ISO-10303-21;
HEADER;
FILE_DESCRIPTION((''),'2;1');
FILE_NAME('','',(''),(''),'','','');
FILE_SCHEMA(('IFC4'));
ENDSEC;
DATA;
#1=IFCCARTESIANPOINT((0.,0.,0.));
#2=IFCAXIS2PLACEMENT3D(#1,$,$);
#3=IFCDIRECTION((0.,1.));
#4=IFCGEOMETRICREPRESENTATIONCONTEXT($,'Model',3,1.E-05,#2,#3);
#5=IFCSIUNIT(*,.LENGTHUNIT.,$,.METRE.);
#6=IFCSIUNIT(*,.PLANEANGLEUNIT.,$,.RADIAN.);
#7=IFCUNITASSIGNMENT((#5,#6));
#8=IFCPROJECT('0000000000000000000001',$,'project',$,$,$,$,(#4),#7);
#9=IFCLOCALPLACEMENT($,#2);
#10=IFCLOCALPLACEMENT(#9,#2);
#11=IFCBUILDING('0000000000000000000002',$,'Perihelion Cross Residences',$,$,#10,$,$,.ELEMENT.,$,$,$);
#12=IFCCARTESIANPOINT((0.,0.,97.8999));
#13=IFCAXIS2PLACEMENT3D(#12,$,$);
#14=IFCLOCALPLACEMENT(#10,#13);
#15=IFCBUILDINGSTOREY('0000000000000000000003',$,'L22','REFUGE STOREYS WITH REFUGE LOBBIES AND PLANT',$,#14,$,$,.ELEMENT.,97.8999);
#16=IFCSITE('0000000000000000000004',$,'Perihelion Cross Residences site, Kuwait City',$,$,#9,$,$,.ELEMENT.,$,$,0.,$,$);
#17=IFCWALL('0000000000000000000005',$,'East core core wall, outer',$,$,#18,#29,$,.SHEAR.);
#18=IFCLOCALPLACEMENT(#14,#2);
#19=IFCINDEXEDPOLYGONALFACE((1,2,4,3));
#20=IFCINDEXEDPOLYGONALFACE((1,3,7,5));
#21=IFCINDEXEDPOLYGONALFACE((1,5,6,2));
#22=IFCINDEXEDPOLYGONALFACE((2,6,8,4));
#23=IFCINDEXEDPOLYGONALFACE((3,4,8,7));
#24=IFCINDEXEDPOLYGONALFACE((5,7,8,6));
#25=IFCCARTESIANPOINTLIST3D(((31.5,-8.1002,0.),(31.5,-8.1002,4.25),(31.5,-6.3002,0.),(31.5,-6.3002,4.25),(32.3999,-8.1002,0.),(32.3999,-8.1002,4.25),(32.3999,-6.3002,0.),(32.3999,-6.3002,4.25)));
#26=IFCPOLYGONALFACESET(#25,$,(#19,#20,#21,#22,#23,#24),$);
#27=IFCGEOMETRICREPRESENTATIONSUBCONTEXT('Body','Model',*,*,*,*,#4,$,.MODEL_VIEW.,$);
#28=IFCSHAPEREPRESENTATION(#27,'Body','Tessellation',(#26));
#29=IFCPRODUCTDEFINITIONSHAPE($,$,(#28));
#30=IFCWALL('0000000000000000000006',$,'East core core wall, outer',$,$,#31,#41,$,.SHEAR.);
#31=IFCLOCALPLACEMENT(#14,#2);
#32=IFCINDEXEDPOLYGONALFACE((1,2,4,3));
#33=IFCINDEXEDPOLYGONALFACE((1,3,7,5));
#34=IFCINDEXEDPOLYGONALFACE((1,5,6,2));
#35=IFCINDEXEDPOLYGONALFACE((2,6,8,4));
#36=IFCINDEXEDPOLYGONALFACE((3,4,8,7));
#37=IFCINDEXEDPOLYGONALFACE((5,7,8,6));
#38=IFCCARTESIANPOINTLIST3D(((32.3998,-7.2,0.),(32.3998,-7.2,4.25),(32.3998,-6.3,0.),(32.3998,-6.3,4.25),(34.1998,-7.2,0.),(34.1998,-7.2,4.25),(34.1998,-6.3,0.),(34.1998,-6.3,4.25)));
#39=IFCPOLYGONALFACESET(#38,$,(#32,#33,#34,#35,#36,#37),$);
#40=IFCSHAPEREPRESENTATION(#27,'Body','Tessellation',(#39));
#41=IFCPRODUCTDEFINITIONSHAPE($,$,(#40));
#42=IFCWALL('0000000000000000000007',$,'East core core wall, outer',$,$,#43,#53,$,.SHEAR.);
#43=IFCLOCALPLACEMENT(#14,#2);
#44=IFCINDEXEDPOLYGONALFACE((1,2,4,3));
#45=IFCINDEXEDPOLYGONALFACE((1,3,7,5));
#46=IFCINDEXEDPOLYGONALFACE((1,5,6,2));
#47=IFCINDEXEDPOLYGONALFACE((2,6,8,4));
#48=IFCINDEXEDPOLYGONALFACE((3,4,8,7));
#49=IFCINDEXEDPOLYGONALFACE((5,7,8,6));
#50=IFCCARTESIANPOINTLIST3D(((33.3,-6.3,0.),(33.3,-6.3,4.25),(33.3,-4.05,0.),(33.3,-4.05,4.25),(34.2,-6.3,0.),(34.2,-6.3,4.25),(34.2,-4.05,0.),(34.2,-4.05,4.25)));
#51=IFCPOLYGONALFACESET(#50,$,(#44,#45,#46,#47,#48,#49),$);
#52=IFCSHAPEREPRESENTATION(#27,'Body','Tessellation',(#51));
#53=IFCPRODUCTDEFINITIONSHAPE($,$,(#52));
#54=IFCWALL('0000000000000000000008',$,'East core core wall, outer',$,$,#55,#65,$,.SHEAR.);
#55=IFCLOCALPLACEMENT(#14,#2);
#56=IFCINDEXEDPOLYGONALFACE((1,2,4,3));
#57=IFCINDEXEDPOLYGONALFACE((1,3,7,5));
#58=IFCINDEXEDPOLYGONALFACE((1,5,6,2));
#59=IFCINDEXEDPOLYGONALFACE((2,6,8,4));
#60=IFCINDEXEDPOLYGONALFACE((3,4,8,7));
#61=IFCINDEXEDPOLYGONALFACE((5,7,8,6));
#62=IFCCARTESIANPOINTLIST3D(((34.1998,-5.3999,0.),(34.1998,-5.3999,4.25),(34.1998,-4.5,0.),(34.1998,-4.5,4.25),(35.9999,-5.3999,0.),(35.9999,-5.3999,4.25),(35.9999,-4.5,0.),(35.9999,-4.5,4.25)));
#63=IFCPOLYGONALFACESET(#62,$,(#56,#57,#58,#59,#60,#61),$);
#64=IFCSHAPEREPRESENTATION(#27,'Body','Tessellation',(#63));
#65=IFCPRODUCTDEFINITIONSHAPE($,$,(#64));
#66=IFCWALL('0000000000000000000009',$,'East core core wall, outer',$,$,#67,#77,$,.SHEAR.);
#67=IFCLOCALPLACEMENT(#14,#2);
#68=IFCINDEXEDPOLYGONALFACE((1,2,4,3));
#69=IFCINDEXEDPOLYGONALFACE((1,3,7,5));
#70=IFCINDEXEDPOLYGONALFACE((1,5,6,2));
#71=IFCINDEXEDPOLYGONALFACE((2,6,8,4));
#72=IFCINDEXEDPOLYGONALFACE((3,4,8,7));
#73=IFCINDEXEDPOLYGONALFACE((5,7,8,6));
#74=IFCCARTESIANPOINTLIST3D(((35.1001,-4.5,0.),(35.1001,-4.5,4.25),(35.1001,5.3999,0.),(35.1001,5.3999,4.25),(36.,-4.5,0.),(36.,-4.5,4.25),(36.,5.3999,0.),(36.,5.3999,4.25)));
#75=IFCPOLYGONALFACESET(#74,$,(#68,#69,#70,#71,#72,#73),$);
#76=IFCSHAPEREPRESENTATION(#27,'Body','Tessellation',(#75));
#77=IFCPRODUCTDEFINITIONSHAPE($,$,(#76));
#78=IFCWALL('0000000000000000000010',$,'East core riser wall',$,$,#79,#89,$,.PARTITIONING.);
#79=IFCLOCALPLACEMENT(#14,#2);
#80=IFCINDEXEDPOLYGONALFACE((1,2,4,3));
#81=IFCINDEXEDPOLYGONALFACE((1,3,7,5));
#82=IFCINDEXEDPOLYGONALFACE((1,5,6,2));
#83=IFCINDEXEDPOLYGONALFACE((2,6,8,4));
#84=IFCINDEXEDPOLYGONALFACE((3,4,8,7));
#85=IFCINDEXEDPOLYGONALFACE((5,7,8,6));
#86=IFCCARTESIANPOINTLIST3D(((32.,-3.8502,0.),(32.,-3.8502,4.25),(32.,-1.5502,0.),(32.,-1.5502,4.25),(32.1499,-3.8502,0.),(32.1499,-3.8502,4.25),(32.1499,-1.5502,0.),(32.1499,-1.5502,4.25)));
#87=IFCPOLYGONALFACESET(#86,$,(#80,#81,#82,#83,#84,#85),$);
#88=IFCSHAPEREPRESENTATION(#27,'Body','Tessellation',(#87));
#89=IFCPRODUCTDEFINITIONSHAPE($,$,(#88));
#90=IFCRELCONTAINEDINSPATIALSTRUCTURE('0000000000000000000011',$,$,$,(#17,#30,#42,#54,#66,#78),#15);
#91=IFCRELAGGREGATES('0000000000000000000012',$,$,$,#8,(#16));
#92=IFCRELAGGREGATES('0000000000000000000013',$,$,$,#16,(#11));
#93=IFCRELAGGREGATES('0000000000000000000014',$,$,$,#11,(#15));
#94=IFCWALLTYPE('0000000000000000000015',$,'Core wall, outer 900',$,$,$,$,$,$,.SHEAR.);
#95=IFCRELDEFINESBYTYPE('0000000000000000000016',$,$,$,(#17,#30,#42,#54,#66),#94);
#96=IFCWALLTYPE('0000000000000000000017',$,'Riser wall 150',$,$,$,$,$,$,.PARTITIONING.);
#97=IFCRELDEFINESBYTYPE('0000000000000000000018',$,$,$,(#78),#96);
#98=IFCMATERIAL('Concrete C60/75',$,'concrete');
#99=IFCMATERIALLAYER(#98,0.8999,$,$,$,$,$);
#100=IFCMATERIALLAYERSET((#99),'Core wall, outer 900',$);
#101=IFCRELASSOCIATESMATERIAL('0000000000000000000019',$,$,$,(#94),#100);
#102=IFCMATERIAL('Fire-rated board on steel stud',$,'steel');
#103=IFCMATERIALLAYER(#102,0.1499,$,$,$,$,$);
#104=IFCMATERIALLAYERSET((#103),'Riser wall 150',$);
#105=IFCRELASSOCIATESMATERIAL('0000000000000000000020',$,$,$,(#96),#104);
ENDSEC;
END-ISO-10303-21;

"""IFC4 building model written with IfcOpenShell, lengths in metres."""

from ifc_helpers import new_model, si_unit, direction, frame, frame_2d, origin, place, context, subcontext, project, spatial, rectangle, extrude, material, layer, layer_set, type_object, element, save


model = new_model("IFC4")

# Units and contexts
model_context = context("Model", 3, precision=1e-05, world=origin(), true_north=direction((0.0, 1.0)))
body_context = subcontext(model_context, "Body", "Model", "MODEL_VIEW")
ifc_project = project(units=[si_unit("LENGTHUNIT", "METRE"), si_unit("PLANEANGLEUNIT", "RADIAN")], contexts=[model_context])

# Site, building, storey
site_placement = place(None, origin())
site = spatial("IfcSite", under=ifc_project, at=site_placement, Name="Perihelion Cross Residences site, Kuwait City", CompositionType="ELEMENT", RefElevation=0.0)
building_placement = place(site_placement, origin())
building = spatial("IfcBuilding", under=site, at=building_placement, Name="Perihelion Cross Residences", CompositionType="ELEMENT")
storey_placement = place(building_placement, frame((0.0, 0.0, 97.8999)))
storey = spatial("IfcBuildingStorey", under=building, at=storey_placement, Name="L22", Description="REFUGE STOREYS WITH REFUGE LOBBIES AND PLANT", CompositionType="ELEMENT", Elevation=97.8999)

# Walls
ifc_material_1 = material(Name="Concrete C60/75", Category="concrete")
ifc_layer_1 = layer(ifc_material_1, 0.8999)
ifc_layer_set_1 = layer_set([ifc_layer_1], Name="Core wall, outer 900")
wall_type_1 = type_object("IfcWallType", Name="Core wall, outer 900", PredefinedType="SHEAR", material=ifc_layer_set_1)
for number, where, z_axis, x_axis, name in (
    (1, (31.95, -8.1001, 0.0), (0.0, 0.0, 1.0), (0.0, 1.0, 0.0), "East core core wall, outer"),
    (2, (32.3999, -6.75, 0.0), (0.0, 0.0, 1.0), (1.0, 0.0, 0.0), "East core core wall, outer"),
):
    element("IfcWall", number, at=place(storey_placement, frame(where, z_axis=z_axis, x_axis=x_axis)), inside=storey, type_object=wall_type_1, Name=name, PredefinedType="SHEAR", context=body_context, shape_type="SweptSolid", body=[
        extrude(rectangle(XDim=1.8, YDim=0.8999, at=frame_2d((0.8999, 0.0))), origin(), (0.0, 0.0, 1.0), 4.25),
    ])
wall_1_placement = place(storey_placement, frame((33.75, -6.3, 0.0), z_axis=(0.0, 0.0, 1.0), x_axis=(0.0, 1.0, 0.0)))
element("IfcWall", 3, at=wall_1_placement, inside=storey, type_object=wall_type_1, Name="East core core wall, outer", PredefinedType="SHEAR", context=body_context, shape_type="SweptSolid", body=[
    extrude(rectangle(XDim=2.25, YDim=0.8999, at=frame_2d((1.125, 0.0))), origin(), (0.0, 0.0, 1.0), 4.25),
])
wall_2_placement = place(storey_placement, frame((34.2, -4.95, 0.0), z_axis=(0.0, 0.0, 1.0), x_axis=(1.0, 0.0, 0.0)))
element("IfcWall", 4, at=wall_2_placement, inside=storey, type_object=wall_type_1, Name="East core core wall, outer", PredefinedType="SHEAR", context=body_context, shape_type="SweptSolid", body=[
    extrude(rectangle(XDim=1.8, YDim=0.8999, at=frame_2d((0.8999, 0.0))), origin(), (0.0, 0.0, 1.0), 4.25),
])
wall_3_placement = place(storey_placement, frame((35.55, -4.5, 0.0), z_axis=(0.0, 0.0, 1.0), x_axis=(0.0, 1.0, 0.0)))
element("IfcWall", 5, at=wall_3_placement, inside=storey, type_object=wall_type_1, Name="East core core wall, outer", PredefinedType="SHEAR", context=body_context, shape_type="SweptSolid", body=[
    extrude(rectangle(XDim=9.8999, YDim=0.8999, at=frame_2d((4.95, 0.0))), origin(), (0.0, 0.0, 1.0), 4.25),
])
ifc_material_2 = material(Name="Fire-rated board on steel stud", Category="steel")
ifc_layer_2 = layer(ifc_material_2, 0.1499)
ifc_layer_set_2 = layer_set([ifc_layer_2], Name="Riser wall 150")
wall_type_2 = type_object("IfcWallType", Name="Riser wall 150", PredefinedType="PARTITIONING", material=ifc_layer_set_2)
wall_4_placement = place(storey_placement, frame((32.075, -3.8501, 0.0), z_axis=(0.0, 0.0, 1.0), x_axis=(0.0, 1.0, 0.0)))
element("IfcWall", 6, at=wall_4_placement, inside=storey, type_object=wall_type_2, Name="East core riser wall", PredefinedType="PARTITIONING", context=body_context, shape_type="SweptSolid", body=[
    extrude(rectangle(XDim=2.3, YDim=0.1499, at=frame_2d((1.1499, 0.0))), origin(), (0.0, 0.0, 1.0), 4.25),
])

save(model, "model.ifc")
